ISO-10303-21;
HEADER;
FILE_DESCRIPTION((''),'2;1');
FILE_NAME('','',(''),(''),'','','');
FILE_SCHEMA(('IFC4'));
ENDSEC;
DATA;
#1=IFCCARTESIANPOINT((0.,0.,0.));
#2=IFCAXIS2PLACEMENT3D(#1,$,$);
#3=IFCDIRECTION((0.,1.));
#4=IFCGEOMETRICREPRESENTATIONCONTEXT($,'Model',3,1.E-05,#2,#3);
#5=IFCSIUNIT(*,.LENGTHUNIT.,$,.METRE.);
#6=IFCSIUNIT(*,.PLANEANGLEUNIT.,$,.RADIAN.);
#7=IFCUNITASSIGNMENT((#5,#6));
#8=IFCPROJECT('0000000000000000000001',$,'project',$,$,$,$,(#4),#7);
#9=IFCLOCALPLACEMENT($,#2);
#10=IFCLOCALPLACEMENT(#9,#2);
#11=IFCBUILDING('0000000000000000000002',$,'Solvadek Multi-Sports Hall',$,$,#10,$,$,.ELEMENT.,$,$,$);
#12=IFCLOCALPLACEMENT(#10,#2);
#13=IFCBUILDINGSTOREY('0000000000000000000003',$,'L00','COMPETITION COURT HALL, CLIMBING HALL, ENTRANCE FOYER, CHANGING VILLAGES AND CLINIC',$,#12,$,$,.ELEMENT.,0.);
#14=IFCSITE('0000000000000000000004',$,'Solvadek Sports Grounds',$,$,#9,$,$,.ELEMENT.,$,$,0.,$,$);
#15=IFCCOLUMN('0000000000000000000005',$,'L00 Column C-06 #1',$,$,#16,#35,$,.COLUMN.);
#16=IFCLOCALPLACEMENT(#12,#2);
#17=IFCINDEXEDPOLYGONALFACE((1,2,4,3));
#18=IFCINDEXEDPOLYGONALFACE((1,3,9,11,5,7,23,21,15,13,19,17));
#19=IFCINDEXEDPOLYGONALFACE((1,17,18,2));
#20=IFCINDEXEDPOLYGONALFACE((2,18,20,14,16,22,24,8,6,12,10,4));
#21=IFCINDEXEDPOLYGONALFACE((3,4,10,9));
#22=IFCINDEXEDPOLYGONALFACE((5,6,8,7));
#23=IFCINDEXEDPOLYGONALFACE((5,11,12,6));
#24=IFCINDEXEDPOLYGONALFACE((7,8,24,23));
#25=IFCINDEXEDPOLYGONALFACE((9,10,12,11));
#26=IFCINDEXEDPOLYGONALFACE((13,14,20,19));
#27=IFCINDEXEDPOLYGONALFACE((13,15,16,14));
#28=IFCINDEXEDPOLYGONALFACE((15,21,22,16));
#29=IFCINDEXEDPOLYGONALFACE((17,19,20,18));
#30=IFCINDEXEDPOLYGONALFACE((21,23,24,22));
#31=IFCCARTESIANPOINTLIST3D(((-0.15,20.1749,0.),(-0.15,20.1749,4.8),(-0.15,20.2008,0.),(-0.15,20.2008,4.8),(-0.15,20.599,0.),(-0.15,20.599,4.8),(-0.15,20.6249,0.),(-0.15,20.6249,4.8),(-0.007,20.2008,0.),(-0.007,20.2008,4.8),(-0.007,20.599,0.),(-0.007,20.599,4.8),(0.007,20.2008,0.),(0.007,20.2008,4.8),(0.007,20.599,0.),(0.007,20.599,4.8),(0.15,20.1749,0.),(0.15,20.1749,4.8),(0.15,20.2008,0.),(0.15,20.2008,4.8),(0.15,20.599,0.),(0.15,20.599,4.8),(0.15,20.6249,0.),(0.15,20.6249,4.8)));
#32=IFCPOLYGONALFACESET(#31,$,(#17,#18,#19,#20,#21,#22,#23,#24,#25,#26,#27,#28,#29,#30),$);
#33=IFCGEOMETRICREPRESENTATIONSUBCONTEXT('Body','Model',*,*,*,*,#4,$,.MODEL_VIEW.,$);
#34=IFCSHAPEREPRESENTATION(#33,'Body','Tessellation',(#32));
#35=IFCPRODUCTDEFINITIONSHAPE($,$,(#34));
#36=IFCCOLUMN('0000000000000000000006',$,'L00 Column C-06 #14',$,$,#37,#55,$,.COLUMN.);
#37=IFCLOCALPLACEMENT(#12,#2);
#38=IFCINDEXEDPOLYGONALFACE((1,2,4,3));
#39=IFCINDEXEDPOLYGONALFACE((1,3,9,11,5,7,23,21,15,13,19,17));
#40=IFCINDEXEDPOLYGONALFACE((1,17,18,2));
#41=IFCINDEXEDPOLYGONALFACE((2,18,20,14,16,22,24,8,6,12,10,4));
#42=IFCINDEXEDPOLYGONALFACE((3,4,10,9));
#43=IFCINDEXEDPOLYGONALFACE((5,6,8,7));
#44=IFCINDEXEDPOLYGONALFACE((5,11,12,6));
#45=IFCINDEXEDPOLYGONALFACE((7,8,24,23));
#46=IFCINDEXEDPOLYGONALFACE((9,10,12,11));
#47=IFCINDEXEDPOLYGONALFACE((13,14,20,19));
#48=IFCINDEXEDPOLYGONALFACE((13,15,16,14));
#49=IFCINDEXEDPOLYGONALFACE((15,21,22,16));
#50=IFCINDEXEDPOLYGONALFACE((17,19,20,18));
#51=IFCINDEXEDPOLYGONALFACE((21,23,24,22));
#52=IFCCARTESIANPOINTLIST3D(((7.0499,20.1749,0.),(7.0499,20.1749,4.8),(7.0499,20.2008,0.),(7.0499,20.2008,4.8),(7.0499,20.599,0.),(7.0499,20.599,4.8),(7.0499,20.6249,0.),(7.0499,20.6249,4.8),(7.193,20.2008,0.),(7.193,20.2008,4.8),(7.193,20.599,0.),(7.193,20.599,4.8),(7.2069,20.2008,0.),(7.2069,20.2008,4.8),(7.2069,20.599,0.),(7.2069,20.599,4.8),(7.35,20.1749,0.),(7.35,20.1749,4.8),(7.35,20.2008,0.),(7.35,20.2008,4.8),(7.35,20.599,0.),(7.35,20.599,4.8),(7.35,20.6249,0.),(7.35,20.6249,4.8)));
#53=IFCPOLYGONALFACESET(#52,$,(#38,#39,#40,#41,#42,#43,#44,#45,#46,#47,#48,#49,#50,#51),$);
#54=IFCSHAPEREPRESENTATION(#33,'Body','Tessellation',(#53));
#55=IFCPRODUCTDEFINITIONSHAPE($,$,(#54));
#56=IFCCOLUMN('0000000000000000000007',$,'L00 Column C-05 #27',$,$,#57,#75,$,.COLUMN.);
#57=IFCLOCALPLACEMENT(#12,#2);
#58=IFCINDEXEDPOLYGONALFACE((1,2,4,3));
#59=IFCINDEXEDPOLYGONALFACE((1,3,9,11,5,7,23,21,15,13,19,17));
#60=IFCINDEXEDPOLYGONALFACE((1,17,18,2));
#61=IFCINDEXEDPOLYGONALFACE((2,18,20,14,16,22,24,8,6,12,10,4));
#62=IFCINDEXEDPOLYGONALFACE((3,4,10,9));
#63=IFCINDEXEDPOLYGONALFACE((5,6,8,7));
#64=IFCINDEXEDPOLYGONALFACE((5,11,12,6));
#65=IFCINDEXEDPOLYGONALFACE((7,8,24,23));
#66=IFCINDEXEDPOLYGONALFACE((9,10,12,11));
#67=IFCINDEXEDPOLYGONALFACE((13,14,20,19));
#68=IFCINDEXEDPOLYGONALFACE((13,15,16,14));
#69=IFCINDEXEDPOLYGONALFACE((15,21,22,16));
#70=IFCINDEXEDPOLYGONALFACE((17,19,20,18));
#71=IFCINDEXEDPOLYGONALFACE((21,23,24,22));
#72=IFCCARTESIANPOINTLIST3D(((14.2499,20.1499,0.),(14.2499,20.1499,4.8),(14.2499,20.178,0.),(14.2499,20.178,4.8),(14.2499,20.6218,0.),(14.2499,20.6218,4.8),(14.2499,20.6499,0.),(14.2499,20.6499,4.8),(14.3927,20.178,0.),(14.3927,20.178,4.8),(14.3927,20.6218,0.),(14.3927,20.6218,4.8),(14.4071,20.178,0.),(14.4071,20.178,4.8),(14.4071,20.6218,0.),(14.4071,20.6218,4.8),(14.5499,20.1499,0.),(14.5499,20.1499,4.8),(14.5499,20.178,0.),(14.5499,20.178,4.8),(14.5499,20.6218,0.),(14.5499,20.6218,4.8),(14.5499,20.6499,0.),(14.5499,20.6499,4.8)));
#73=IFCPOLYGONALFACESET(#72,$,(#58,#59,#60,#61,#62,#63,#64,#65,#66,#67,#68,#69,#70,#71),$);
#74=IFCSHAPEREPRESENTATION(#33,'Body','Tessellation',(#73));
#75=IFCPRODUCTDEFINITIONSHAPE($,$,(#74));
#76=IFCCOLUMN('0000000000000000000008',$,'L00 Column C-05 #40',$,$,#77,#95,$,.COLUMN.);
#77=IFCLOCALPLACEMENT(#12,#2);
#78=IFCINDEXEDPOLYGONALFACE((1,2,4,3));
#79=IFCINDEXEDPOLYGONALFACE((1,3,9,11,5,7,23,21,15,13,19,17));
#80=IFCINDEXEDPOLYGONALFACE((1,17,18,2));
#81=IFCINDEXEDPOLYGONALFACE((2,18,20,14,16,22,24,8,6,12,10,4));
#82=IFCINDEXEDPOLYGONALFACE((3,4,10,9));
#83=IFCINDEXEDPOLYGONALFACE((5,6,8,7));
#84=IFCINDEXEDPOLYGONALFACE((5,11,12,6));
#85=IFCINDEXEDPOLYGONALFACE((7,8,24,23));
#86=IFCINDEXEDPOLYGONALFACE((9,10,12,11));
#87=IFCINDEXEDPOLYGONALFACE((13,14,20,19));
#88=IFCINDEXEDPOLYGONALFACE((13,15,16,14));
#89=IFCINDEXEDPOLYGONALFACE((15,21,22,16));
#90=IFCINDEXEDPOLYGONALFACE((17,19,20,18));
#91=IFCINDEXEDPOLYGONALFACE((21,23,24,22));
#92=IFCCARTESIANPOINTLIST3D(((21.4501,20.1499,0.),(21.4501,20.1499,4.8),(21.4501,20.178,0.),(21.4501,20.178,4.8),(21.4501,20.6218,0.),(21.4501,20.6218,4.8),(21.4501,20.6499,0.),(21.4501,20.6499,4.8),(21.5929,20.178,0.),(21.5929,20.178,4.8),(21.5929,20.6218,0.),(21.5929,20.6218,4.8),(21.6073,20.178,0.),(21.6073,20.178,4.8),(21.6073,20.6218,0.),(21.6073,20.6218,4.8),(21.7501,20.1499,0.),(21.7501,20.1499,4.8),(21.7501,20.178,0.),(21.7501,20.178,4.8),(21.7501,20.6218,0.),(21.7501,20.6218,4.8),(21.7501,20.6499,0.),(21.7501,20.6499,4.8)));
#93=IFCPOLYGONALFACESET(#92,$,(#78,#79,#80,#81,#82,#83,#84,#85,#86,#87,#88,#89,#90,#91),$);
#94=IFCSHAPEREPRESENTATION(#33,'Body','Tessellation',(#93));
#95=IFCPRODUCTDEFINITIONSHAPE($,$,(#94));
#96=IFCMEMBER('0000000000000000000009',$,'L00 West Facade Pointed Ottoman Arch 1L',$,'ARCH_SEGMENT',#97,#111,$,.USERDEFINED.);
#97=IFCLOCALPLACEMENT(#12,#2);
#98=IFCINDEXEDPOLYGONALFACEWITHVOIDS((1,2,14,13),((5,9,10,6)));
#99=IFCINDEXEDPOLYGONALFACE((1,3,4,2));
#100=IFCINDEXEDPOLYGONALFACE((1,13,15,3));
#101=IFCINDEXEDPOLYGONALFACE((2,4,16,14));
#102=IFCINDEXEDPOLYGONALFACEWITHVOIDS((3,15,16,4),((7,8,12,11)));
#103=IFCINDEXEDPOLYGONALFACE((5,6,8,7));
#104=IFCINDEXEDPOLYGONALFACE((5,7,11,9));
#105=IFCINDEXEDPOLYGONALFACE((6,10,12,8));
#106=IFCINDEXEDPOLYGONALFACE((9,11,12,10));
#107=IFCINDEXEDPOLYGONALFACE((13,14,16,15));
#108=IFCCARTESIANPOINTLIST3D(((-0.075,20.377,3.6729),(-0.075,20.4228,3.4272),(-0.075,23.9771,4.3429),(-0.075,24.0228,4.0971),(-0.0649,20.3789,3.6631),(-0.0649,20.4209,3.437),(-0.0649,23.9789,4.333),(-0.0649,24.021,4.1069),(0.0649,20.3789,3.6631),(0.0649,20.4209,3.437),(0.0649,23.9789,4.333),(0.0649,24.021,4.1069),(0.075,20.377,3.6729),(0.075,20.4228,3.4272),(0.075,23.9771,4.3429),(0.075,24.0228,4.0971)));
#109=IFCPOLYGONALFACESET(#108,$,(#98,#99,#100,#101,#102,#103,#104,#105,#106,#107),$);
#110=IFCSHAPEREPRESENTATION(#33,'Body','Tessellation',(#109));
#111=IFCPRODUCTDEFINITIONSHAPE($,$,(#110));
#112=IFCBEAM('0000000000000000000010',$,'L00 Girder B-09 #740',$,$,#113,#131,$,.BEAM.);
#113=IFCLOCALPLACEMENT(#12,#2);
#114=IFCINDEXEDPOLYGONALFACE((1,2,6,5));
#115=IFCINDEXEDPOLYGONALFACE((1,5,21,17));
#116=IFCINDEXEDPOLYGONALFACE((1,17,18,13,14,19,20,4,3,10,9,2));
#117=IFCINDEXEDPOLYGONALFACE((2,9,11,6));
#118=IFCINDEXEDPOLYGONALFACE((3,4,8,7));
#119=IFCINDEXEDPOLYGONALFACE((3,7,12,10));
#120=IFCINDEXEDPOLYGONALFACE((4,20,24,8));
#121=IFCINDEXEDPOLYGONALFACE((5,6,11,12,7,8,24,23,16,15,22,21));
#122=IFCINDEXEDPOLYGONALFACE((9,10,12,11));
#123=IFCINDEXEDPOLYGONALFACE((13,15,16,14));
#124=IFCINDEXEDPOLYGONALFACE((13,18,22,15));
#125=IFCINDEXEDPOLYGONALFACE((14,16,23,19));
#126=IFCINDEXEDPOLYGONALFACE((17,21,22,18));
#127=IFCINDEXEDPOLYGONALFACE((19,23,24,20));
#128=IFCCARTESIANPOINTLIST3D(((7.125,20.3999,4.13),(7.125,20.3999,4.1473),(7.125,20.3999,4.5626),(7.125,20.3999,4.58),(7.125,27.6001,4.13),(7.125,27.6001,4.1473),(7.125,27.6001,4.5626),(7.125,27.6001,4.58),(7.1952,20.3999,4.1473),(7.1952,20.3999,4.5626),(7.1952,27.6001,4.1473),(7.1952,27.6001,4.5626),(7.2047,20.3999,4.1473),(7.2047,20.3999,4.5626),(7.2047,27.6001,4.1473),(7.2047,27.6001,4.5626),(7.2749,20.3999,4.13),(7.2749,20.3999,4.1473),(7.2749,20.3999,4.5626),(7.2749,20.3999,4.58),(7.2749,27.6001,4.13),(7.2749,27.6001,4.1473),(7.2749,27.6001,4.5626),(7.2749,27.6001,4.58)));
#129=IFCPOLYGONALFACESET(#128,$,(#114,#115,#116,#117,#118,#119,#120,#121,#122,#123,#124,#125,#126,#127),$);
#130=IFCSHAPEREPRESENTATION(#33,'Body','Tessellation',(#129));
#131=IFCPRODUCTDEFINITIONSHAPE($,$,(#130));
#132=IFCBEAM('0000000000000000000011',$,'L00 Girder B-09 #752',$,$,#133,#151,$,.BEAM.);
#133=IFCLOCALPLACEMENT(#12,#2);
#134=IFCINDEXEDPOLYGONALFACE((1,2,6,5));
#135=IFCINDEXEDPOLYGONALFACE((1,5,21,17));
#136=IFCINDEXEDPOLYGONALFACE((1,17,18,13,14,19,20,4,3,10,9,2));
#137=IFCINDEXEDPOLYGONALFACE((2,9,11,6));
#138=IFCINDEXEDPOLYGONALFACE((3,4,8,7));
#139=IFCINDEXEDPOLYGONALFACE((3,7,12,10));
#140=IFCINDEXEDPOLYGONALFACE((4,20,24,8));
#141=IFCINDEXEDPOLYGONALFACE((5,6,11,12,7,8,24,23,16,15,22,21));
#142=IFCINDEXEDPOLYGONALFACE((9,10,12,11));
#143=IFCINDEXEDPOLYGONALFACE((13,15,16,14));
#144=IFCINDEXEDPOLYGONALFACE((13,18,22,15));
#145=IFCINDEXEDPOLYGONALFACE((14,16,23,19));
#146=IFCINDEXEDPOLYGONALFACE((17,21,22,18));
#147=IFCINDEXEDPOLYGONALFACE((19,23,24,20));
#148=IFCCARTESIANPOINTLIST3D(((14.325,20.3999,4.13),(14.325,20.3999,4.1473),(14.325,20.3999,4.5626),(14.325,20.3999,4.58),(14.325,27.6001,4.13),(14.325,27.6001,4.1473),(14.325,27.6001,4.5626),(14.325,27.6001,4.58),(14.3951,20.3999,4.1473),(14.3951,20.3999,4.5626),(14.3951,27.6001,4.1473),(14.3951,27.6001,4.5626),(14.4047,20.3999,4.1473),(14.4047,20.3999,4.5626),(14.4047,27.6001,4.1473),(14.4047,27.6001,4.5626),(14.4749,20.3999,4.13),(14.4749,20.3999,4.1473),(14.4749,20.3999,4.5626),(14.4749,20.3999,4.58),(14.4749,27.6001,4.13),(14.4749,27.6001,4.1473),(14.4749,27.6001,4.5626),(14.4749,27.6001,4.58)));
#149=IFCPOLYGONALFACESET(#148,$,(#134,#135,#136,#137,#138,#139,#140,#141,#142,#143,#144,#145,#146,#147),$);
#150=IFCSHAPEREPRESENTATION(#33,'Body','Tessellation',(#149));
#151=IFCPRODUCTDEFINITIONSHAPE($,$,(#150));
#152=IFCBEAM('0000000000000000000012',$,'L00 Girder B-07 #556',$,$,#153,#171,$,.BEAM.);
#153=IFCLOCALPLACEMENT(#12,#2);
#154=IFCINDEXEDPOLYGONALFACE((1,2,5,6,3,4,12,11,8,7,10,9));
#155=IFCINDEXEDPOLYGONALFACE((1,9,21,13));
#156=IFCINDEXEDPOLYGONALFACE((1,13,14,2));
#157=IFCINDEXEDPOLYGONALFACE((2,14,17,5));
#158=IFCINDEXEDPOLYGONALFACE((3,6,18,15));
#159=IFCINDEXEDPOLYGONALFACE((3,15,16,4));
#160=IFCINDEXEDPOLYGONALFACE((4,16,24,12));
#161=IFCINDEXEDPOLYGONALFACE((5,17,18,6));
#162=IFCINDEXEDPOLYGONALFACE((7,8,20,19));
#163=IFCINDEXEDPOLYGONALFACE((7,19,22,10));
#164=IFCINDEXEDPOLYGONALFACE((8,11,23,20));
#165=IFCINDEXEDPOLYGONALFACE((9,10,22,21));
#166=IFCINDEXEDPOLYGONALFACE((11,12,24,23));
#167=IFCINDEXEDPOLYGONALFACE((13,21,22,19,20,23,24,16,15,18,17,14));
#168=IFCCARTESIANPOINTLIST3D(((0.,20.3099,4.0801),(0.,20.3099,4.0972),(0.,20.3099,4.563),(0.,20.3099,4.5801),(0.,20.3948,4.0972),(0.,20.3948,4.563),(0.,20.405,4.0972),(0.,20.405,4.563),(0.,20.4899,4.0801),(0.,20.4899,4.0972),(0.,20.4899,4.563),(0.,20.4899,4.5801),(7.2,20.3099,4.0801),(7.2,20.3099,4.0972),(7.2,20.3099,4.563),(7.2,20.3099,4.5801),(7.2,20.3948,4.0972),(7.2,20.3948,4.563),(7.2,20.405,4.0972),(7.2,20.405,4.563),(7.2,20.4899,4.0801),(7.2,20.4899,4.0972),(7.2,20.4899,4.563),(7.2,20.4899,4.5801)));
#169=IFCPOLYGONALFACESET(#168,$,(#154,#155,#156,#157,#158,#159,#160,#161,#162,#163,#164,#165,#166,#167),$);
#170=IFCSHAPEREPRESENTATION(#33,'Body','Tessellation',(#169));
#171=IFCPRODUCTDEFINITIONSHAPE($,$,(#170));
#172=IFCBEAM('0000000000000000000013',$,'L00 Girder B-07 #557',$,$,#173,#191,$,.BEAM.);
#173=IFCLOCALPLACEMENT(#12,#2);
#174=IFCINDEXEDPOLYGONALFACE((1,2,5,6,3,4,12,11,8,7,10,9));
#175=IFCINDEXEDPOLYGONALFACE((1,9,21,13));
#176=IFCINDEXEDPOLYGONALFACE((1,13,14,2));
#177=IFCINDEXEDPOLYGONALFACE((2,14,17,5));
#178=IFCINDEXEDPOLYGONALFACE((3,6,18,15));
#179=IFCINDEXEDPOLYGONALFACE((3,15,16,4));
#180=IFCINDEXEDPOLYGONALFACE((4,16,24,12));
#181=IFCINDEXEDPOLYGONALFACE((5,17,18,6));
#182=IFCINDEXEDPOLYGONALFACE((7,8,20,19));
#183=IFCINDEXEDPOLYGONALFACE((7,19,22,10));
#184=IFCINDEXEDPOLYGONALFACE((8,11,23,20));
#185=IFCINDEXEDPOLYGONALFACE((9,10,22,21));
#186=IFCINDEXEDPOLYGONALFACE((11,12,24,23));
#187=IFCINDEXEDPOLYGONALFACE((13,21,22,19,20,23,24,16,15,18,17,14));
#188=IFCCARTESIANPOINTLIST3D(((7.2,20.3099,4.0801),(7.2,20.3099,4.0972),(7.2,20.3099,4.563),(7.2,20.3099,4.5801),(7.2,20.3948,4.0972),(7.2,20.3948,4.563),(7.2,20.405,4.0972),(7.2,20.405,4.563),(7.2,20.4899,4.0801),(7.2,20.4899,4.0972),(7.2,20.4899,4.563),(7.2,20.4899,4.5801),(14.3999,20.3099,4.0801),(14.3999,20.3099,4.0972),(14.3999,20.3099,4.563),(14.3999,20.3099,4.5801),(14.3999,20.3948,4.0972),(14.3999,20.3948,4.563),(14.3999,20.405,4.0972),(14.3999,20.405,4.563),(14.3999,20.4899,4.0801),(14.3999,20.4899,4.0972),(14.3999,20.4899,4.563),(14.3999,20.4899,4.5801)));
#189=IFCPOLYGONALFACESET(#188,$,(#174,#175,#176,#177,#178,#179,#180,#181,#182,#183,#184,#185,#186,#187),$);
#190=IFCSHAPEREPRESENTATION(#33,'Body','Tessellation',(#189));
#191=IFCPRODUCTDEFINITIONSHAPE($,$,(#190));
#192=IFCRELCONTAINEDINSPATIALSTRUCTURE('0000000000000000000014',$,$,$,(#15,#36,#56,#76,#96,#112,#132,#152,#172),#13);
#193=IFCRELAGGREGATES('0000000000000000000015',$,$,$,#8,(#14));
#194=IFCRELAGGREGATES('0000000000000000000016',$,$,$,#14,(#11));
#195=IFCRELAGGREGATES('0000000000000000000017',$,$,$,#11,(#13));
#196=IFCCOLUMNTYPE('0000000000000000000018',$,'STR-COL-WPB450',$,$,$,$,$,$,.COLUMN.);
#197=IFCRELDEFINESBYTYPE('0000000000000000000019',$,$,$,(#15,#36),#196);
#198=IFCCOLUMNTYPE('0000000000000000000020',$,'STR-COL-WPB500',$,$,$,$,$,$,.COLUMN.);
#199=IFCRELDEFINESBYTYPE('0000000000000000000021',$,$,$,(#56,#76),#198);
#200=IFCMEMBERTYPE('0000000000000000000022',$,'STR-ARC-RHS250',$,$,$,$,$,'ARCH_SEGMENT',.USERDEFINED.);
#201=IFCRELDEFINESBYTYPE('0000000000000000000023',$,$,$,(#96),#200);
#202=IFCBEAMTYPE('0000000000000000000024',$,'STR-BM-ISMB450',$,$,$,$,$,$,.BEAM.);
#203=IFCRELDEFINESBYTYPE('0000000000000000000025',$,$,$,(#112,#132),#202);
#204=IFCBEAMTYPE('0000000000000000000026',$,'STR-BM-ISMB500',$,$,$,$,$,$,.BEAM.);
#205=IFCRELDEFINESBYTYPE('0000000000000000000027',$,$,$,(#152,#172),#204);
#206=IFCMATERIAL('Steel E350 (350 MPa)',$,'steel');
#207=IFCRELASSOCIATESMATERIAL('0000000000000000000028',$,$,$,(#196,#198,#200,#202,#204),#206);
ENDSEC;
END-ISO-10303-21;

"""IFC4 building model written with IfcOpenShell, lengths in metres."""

from ifc_helpers import new_model, si_unit, direction, frame, origin, origin_2d, place, context, subcontext, project, spatial, hollow_rectangle, i_section, extrude, material, material_profile, profile_set, type_object, element, save


model = new_model("IFC4")

# Units and contexts
model_context = context("Model", 3, precision=1e-05, world=origin(), true_north=direction((0.0, 1.0)))
body_context = subcontext(model_context, "Body", "Model", "MODEL_VIEW")
ifc_project = project(units=[si_unit("LENGTHUNIT", "METRE"), si_unit("PLANEANGLEUNIT", "RADIAN")], contexts=[model_context])

# Site, building, storey
site_placement = place(None, origin())
site = spatial("IfcSite", under=ifc_project, at=site_placement, Name="Solvadek Sports Grounds", CompositionType="ELEMENT", RefElevation=0.0)
building_placement = place(site_placement, origin())
building = spatial("IfcBuilding", under=site, at=building_placement, Name="Solvadek Multi-Sports Hall", CompositionType="ELEMENT")
storey_placement = place(building_placement, origin())
storey = spatial("IfcBuildingStorey", under=building, at=storey_placement, Name="L00", Description="COMPETITION COURT HALL, CLIMBING HALL, ENTRANCE FOYER, CHANGING VILLAGES AND CLINIC", CompositionType="ELEMENT", Elevation=0.0)

# Columns
ifc_material_1 = material(Name="Steel E350 (350 MPa)", Category="steel")
ifc_material_profile_1 = material_profile(ifc_material_1, i_section(OverallWidth=0.3, OverallDepth=0.45, WebThickness=0.0139, FlangeThickness=0.0259, at=origin_2d()), Name="WPB 450")
ifc_profile_set_1 = profile_set([ifc_material_profile_1], Name="Steel E350 (350 MPa)")
column_type_1 = type_object("IfcColumnType", Name="STR-COL-WPB450", PredefinedType="COLUMN", material=ifc_profile_set_1)
for number, where, z_axis, x_axis, name in (
    (1, (0.0, 20.3999, 0.0), (0.0, 0.0, 1.0), (1.0, 0.0, 0.0), "L00 Column C-06 #1"),
    (2, (7.2, 20.3999, 0.0), (0.0, 0.0, 1.0), (1.0, 0.0, 0.0), "L00 Column C-06 #14"),
):
    element("IfcColumn", number, at=place(storey_placement, frame(where, z_axis=z_axis, x_axis=x_axis)), inside=storey, type_object=column_type_1, Name=name, PredefinedType="COLUMN", context=body_context, shape_type="SweptSolid", body=[
        extrude(i_section(OverallWidth=0.3, OverallDepth=0.45, WebThickness=0.0139, FlangeThickness=0.0259, at=origin_2d()), origin(), (0.0, 0.0, 1.0), 4.8),
    ])
ifc_material_profile_2 = material_profile(ifc_material_1, i_section(OverallWidth=0.3, OverallDepth=0.5, WebThickness=0.0144, FlangeThickness=0.0281, at=origin_2d()), Name="WPB 500")
ifc_profile_set_2 = profile_set([ifc_material_profile_2], Name="Steel E350 (350 MPa)")
column_type_2 = type_object("IfcColumnType", Name="STR-COL-WPB500", PredefinedType="COLUMN", material=ifc_profile_set_2)
for number, where, z_axis, x_axis, name in (
    (3, (14.3999, 20.3999, 0.0), (0.0, 0.0, 1.0), (1.0, 0.0, 0.0), "L00 Column C-05 #27"),
    (4, (21.6001, 20.3999, 0.0), (0.0, 0.0, 1.0), (1.0, 0.0, 0.0), "L00 Column C-05 #40"),
):
    element("IfcColumn", number, at=place(storey_placement, frame(where, z_axis=z_axis, x_axis=x_axis)), inside=storey, type_object=column_type_2, Name=name, PredefinedType="COLUMN", context=body_context, shape_type="SweptSolid", body=[
        extrude(i_section(OverallWidth=0.3, OverallDepth=0.5, WebThickness=0.0144, FlangeThickness=0.0281, at=origin_2d()), origin(), (0.0, 0.0, 1.0), 4.8),
    ])

# Member
ifc_material_profile_3 = material_profile(ifc_material_1, hollow_rectangle(XDim=0.1499, YDim=0.25, WallThickness=0.01, at=origin_2d()), Name="RHS 250x150x10")
ifc_profile_set_3 = profile_set([ifc_material_profile_3], Name="Steel E350 (350 MPa)")
member_type = type_object("IfcMemberType", Name="STR-ARC-RHS250", ElementType="ARCH_SEGMENT", PredefinedType="USERDEFINED", material=ifc_profile_set_3)
member_placement = place(storey_placement, frame((0.0, 20.3999, 3.55), z_axis=(0.0, 0.983123, 0.182944), x_axis=(-1.0, 0.0, 0.0)))
element("IfcMember", 5, at=member_placement, inside=storey, type_object=member_type, Name="L00 West Facade Pointed Ottoman Arch 1L", ObjectType="ARCH_SEGMENT", PredefinedType="USERDEFINED", context=body_context, shape_type="SweptSolid", body=[
    extrude(hollow_rectangle(XDim=0.1499, YDim=0.25, WallThickness=0.01, at=origin_2d()), origin(), (0.0, 0.0, 1.0), 3.6619),
])

# Beams
ifc_material_profile_4 = material_profile(ifc_material_1, i_section(OverallWidth=0.1499, OverallDepth=0.45, WebThickness=0.0095, FlangeThickness=0.0173, at=origin_2d()), Name="ISMB 450")
ifc_profile_set_4 = profile_set([ifc_material_profile_4], Name="Steel E350 (350 MPa)")
beam_type_1 = type_object("IfcBeamType", Name="STR-BM-ISMB450", PredefinedType="BEAM", material=ifc_profile_set_4)
for number, where, z_axis, x_axis, name in (
    (6, (7.2, 20.3999, 4.355), (0.0, 1.0, 0.0), (-1.0, 0.0, 0.0), "L00 Girder B-09 #740"),
    (7, (14.3999, 20.3999, 4.355), (0.0, 1.0, 0.0), (-1.0, 0.0, 0.0), "L00 Girder B-09 #752"),
):
    element("IfcBeam", number, at=place(storey_placement, frame(where, z_axis=z_axis, x_axis=x_axis)), inside=storey, type_object=beam_type_1, Name=name, PredefinedType="BEAM", context=body_context, shape_type="SweptSolid", body=[
        extrude(i_section(OverallWidth=0.1499, OverallDepth=0.45, WebThickness=0.0095, FlangeThickness=0.0173, at=origin_2d()), origin(), (0.0, 0.0, 1.0), 7.2002),
    ])
ifc_material_profile_5 = material_profile(ifc_material_1, i_section(OverallWidth=0.1799, OverallDepth=0.5, WebThickness=0.0103, FlangeThickness=0.0171, at=origin_2d()), Name="ISMB 500")
ifc_profile_set_5 = profile_set([ifc_material_profile_5], Name="Steel E350 (350 MPa)")
beam_type_2 = type_object("IfcBeamType", Name="STR-BM-ISMB500", PredefinedType="BEAM", material=ifc_profile_set_5)
for number, where, z_axis, x_axis, name in (
    (8, (0.0, 20.3999, 4.3301), (1.0, 0.0, 0.0), (0.0, 1.0, 0.0), "L00 Girder B-07 #556"),
    (9, (7.2, 20.3999, 4.3301), (1.0, 0.0, 0.0), (0.0, 1.0, 0.0), "L00 Girder B-07 #557"),
):
    element("IfcBeam", number, at=place(storey_placement, frame(where, z_axis=z_axis, x_axis=x_axis)), inside=storey, type_object=beam_type_2, Name=name, PredefinedType="BEAM", context=body_context, shape_type="SweptSolid", body=[
        extrude(i_section(OverallWidth=0.1799, OverallDepth=0.5, WebThickness=0.0103, FlangeThickness=0.0171, at=origin_2d()), origin(), (0.0, 0.0, 1.0), 7.2),
    ])

save(model, "model.ifc")
